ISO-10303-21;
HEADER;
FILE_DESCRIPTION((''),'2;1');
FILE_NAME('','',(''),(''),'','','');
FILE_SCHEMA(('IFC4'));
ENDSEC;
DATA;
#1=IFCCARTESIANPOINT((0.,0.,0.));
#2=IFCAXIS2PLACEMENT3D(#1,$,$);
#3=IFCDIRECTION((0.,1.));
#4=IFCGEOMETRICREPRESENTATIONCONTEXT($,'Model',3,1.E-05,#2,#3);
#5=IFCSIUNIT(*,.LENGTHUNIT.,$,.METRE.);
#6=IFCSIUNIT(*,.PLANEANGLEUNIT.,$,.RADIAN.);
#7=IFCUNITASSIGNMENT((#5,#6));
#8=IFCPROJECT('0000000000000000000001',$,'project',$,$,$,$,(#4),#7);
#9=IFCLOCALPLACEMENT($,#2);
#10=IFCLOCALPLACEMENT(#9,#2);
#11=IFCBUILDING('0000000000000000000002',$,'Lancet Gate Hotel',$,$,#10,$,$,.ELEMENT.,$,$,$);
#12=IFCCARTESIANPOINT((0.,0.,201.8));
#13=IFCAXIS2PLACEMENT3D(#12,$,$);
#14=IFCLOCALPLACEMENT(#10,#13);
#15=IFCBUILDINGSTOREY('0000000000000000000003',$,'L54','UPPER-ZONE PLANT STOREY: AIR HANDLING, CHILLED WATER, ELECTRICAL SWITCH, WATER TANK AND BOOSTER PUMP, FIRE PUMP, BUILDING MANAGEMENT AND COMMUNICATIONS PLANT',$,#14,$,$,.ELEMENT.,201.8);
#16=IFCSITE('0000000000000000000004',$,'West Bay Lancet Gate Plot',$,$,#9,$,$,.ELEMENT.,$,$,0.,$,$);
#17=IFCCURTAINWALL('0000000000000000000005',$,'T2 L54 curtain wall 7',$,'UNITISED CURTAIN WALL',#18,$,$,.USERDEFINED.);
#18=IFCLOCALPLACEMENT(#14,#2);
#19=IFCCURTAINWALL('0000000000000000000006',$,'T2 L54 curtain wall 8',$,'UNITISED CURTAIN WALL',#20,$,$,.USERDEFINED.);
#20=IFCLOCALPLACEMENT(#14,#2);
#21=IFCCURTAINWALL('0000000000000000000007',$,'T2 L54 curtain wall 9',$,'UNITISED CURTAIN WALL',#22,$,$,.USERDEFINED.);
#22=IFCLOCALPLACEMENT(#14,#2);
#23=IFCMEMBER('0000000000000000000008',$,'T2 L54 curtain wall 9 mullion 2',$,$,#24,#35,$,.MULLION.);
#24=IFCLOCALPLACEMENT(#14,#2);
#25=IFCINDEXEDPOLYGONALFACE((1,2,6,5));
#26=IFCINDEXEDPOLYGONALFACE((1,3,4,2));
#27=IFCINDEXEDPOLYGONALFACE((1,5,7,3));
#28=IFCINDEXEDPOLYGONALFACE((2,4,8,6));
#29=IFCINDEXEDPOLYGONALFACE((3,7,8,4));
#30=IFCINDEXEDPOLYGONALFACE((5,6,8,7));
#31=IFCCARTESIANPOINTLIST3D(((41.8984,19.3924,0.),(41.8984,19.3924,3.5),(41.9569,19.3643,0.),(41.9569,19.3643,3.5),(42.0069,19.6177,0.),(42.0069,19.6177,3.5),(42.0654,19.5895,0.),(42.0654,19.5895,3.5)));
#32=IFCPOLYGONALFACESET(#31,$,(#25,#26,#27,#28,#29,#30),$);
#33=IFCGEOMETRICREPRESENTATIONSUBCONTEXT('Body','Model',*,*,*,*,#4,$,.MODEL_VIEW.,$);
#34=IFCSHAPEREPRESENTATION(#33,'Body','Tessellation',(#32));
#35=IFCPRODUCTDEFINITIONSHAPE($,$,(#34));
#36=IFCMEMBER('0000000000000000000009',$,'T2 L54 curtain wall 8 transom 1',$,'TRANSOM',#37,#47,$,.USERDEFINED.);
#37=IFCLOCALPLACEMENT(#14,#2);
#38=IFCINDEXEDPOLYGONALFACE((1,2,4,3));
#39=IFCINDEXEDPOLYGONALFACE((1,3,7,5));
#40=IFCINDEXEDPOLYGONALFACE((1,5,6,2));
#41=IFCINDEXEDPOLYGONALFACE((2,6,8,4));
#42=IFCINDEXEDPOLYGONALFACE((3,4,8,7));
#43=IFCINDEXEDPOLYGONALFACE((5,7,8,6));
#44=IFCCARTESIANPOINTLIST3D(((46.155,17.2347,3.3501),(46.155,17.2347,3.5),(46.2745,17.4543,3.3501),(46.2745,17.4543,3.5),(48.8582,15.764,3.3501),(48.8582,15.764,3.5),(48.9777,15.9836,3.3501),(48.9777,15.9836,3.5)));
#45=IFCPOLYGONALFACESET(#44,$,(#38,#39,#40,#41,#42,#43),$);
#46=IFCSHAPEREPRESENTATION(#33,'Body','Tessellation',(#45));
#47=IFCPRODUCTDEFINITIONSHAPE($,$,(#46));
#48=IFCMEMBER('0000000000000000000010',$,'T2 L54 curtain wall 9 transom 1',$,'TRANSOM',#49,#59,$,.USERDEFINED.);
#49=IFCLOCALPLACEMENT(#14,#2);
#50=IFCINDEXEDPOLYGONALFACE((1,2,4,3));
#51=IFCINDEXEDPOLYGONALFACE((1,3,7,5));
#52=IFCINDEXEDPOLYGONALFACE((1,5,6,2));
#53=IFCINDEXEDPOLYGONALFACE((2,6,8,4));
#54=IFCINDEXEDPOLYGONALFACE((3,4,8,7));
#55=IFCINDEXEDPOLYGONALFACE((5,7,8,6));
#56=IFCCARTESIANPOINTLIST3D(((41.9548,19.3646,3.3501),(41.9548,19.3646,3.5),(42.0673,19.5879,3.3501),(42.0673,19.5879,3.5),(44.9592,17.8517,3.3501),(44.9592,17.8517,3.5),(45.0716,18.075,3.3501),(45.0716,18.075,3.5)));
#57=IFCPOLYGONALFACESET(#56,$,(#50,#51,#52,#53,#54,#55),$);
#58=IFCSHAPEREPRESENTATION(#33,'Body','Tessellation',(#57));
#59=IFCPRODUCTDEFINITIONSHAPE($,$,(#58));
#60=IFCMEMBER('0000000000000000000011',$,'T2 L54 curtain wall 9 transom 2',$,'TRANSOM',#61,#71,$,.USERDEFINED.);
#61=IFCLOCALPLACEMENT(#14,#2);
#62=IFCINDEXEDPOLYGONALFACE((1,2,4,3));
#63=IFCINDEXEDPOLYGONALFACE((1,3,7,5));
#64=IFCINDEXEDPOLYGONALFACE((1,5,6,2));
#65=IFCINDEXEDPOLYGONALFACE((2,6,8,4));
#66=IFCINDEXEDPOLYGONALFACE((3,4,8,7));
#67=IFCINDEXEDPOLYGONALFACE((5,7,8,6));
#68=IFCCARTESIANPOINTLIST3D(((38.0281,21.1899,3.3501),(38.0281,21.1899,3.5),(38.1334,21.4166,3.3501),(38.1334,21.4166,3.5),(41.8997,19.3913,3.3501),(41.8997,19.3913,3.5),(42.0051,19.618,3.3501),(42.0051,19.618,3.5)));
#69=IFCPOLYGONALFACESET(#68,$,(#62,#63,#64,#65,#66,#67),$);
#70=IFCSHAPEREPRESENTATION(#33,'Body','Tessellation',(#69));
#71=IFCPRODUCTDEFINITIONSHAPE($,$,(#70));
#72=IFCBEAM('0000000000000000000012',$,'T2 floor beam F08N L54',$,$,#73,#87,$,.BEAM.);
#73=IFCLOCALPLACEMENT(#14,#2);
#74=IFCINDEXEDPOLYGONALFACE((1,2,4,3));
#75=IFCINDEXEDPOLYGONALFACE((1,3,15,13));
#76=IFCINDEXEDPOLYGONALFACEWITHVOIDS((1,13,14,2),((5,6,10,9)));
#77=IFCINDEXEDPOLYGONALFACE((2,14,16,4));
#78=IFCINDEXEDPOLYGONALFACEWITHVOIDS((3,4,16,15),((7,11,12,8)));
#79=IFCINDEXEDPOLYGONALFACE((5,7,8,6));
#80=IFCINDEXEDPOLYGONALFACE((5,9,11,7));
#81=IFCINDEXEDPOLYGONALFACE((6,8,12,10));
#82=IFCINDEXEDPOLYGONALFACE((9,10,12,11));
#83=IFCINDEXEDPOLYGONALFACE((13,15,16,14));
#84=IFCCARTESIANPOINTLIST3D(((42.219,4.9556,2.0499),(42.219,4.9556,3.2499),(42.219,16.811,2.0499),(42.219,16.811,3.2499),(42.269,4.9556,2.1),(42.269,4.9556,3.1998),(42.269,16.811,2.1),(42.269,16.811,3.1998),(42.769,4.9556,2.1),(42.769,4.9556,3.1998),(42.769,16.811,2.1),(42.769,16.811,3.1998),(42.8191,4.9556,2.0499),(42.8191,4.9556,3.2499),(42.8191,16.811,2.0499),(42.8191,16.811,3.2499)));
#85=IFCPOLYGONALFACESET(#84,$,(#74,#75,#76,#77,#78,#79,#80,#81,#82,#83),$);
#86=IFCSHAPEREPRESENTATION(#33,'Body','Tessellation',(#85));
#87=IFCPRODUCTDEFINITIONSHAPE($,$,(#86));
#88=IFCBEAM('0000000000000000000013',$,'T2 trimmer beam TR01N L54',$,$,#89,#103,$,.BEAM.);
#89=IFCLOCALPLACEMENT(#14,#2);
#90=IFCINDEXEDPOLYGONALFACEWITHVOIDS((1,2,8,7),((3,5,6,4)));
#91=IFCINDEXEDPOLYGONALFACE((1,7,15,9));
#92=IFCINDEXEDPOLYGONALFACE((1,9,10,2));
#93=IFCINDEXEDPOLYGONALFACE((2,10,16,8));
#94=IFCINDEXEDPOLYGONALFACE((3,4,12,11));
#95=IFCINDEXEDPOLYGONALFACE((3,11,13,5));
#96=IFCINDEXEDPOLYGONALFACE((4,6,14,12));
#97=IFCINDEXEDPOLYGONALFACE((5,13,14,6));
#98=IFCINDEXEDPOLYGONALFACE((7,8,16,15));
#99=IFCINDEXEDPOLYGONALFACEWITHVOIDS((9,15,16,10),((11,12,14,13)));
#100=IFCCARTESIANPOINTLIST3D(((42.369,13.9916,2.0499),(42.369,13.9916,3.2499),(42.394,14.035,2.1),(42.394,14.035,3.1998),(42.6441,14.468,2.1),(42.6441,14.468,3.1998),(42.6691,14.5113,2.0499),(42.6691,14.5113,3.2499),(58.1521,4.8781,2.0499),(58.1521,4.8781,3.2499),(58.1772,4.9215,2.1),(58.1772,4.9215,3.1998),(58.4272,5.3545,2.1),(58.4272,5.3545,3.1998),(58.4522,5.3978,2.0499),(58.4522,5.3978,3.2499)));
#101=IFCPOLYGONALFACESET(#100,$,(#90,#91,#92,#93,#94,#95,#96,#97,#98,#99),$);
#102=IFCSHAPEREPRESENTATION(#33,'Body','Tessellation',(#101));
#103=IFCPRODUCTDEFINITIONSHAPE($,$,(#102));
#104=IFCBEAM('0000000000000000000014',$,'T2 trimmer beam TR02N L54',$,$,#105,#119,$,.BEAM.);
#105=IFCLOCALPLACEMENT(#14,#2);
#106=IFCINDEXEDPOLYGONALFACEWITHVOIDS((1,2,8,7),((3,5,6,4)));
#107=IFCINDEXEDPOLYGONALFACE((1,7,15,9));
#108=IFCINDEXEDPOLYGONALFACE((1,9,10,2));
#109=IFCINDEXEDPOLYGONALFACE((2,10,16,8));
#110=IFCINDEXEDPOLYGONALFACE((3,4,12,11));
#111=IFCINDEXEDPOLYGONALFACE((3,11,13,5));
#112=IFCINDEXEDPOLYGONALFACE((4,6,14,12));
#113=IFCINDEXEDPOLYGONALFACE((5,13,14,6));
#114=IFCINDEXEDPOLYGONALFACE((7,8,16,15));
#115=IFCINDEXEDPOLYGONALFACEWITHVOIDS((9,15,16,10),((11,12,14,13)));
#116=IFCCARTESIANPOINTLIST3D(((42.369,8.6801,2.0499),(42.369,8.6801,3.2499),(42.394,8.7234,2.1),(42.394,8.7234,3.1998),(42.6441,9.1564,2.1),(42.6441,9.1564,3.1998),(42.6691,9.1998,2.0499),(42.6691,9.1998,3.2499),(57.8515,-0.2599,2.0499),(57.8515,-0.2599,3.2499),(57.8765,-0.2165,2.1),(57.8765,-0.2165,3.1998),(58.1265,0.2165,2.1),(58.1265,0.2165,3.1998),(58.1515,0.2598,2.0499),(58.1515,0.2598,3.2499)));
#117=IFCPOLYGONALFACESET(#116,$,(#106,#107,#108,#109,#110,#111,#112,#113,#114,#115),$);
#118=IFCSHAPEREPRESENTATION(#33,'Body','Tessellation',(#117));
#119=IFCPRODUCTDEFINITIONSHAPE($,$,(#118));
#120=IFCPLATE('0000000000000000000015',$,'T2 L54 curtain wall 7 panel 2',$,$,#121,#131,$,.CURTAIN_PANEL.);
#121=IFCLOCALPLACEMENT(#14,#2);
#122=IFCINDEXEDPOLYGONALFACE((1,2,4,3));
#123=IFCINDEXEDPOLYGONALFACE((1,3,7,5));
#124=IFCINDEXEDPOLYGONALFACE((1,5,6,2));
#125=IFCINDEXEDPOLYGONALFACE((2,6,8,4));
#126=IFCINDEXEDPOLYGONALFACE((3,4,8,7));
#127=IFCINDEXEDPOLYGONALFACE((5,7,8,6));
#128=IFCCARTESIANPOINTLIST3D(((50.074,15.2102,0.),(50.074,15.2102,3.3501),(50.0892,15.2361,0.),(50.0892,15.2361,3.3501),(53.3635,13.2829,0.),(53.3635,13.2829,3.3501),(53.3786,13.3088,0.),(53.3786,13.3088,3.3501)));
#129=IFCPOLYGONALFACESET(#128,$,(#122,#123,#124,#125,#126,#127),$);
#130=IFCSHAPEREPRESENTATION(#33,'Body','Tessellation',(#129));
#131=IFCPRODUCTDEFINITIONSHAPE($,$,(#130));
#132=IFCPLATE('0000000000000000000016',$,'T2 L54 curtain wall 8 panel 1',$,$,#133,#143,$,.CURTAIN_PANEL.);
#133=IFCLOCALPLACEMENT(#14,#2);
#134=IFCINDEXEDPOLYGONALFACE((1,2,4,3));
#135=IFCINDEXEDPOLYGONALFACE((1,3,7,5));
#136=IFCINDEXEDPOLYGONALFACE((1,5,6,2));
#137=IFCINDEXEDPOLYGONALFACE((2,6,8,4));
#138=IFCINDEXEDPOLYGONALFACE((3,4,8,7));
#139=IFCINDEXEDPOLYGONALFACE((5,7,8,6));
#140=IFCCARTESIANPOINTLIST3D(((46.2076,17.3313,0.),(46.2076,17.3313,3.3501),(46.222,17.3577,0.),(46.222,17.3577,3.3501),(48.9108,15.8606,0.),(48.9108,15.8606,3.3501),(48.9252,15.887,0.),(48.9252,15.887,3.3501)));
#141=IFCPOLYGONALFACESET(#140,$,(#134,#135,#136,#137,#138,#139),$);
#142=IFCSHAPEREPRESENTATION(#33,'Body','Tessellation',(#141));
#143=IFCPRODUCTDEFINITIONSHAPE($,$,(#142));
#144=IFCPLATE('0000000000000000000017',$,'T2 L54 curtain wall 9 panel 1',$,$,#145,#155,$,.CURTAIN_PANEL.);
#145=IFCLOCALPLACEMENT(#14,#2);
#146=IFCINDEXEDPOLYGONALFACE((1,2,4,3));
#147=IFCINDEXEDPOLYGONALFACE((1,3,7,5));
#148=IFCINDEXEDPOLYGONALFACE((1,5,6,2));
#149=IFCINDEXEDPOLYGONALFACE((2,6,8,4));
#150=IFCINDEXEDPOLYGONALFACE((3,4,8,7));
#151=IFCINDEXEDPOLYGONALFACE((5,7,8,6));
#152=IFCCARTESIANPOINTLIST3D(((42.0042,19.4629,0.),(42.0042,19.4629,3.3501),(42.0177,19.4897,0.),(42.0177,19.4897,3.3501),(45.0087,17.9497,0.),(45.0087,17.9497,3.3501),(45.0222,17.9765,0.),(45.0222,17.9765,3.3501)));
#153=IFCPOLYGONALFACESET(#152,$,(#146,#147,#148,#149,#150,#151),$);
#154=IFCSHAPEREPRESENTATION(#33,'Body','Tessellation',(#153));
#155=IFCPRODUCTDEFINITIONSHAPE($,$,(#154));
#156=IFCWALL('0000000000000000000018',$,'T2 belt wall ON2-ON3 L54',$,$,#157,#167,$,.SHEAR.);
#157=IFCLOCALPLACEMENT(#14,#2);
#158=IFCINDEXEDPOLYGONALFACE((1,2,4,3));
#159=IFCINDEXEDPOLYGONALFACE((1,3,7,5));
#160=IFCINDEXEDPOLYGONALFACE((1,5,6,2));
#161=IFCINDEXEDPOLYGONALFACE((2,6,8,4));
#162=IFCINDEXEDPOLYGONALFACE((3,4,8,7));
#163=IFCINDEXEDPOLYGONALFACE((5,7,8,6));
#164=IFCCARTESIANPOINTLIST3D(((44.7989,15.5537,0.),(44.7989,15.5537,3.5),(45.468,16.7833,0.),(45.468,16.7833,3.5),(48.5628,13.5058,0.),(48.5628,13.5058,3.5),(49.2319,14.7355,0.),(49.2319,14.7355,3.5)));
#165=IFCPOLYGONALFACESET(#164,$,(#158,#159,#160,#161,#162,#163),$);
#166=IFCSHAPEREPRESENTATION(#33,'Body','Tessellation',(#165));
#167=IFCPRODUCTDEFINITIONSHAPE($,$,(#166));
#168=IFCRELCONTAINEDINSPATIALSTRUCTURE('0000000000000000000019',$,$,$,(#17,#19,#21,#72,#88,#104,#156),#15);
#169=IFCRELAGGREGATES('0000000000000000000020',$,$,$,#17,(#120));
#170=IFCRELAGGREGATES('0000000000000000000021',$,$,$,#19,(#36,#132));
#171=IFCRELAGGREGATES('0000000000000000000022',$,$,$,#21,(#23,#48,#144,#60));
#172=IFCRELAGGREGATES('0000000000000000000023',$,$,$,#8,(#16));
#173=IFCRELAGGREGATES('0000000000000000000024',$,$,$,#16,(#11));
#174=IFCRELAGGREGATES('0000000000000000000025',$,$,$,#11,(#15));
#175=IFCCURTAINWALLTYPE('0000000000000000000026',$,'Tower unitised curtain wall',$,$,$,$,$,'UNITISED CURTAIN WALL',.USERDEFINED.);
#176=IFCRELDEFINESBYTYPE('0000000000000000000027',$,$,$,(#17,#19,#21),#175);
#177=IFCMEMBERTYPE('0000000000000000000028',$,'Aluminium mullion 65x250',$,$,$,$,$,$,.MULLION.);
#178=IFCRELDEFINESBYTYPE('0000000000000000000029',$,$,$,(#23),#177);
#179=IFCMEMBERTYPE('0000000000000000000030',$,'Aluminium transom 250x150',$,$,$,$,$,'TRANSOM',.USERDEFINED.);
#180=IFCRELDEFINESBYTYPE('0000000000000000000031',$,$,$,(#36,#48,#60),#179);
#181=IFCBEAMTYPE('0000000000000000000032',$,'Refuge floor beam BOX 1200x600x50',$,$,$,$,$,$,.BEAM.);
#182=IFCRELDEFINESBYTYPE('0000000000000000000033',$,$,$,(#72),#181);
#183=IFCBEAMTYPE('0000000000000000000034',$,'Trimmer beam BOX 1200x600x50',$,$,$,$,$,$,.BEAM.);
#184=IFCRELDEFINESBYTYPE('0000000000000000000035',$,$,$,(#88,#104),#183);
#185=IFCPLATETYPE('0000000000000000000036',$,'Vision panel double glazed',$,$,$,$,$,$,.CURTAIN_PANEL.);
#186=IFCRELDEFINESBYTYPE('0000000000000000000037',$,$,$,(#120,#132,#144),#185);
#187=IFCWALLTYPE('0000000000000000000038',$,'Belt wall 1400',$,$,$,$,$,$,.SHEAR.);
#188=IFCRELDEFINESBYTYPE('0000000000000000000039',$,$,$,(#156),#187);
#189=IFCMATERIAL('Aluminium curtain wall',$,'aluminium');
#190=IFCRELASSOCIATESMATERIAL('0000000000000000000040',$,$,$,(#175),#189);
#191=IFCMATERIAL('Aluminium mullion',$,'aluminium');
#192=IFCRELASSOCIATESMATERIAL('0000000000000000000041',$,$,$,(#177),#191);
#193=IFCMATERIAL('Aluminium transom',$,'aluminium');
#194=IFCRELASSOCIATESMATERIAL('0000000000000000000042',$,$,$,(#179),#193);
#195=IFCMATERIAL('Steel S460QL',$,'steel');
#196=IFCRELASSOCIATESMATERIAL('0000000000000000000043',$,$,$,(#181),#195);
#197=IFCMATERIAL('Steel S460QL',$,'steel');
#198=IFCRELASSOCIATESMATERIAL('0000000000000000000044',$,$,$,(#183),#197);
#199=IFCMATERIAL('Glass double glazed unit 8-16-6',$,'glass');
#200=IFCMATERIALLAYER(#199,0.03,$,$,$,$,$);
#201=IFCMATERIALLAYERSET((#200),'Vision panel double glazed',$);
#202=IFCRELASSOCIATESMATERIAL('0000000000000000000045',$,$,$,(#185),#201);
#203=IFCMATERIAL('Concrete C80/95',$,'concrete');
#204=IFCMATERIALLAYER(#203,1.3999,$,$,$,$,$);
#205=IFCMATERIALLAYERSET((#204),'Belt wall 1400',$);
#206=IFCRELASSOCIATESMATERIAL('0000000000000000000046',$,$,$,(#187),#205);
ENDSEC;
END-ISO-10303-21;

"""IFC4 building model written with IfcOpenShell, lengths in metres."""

from ifc_helpers import new_model, si_unit, direction, frame, frame_2d, origin, origin_2d, place, context, subcontext, project, spatial, rectangle, hollow_rectangle, extrude, material, layer, layer_set, material_profile, profile_set, type_object, element, aggregate, save


model = new_model("IFC4")

# Units and contexts
model_context = context("Model", 3, precision=1e-05, world=origin(), true_north=direction((0.0, 1.0)))
body_context = subcontext(model_context, "Body", "Model", "MODEL_VIEW")
ifc_project = project(units=[si_unit("LENGTHUNIT", "METRE"), si_unit("PLANEANGLEUNIT", "RADIAN")], contexts=[model_context])

# Site, building, storey
site_placement = place(None, origin())
site = spatial("IfcSite", under=ifc_project, at=site_placement, Name="West Bay Lancet Gate Plot", CompositionType="ELEMENT", RefElevation=0.0)
building_placement = place(site_placement, origin())
building = spatial("IfcBuilding", under=site, at=building_placement, Name="Lancet Gate Hotel", CompositionType="ELEMENT")
storey_placement = place(building_placement, frame((0.0, 0.0, 201.8)))
storey = spatial("IfcBuildingStorey", under=building, at=storey_placement, Name="L54", Description="UPPER-ZONE PLANT STOREY: AIR HANDLING, CHILLED WATER, ELECTRICAL SWITCH, WATER TANK AND BOOSTER PUMP, FIRE PUMP, BUILDING MANAGEMENT AND COMMUNICATIONS PLANT", CompositionType="ELEMENT", Elevation=201.8)

# Curtain wall
ifc_material_1 = material(Name="Aluminium curtain wall", Category="aluminium")
curtain_wall_type = type_object("IfcCurtainWallType", Name="Tower unitised curtain wall", ElementType="UNITISED CURTAIN WALL", PredefinedType="USERDEFINED", material=ifc_material_1)
curtain_wall_1_placement = place(storey_placement, origin())
curtain_wall_1 = element("IfcCurtainWall", 1, at=curtain_wall_1_placement, inside=storey, type_object=curtain_wall_type, Name="T2 L54 curtain wall 7", ObjectType="UNITISED CURTAIN WALL", PredefinedType="USERDEFINED")
ifc_material_2 = material(Name="Aluminium mullion", Category="aluminium")
ifc_material_profile_1 = material_profile(ifc_material_2, rectangle(XDim=0.0649, YDim=0.25, at=origin_2d()), Name="MULLION 65x250")
ifc_profile_set_1 = profile_set([ifc_material_profile_1], Name="Aluminium mullion")
member_type_1 = type_object("IfcMemberType", Name="Aluminium mullion 65x250", PredefinedType="MULLION", material=ifc_profile_set_1)

# Curtain walls, member
curtain_wall_2_placement = place(storey_placement, origin())
curtain_wall_2 = element("IfcCurtainWall", 2, at=curtain_wall_2_placement, inside=storey, type_object=curtain_wall_type, Name="T2 L54 curtain wall 8", ObjectType="UNITISED CURTAIN WALL", PredefinedType="USERDEFINED")
curtain_wall_3_placement = place(storey_placement, origin())
curtain_wall_3 = element("IfcCurtainWall", 3, at=curtain_wall_3_placement, inside=storey, type_object=curtain_wall_type, Name="T2 L54 curtain wall 9", ObjectType="UNITISED CURTAIN WALL", PredefinedType="USERDEFINED")
member_1_placement = place(storey_placement, frame((41.9819, 19.491, 0.0), z_axis=(0.0, 0.0, 1.0), x_axis=(-0.900945, 0.433933, 0.0)))
member_1 = element("IfcMember", 4, at=member_1_placement, type_object=member_type_1, Name="T2 L54 curtain wall 9 mullion 2", PredefinedType="MULLION", context=body_context, shape_type="SweptSolid", body=[
    extrude(rectangle(XDim=0.0649, YDim=0.25, at=origin_2d()), origin(), (0.0, 0.0, 1.0), 3.5),
])

# Members
ifc_material_3 = material(Name="Aluminium transom", Category="aluminium")
ifc_material_profile_2 = material_profile(ifc_material_3, rectangle(XDim=0.25, YDim=0.1499, at=origin_2d()), Name="TRANSOM 250x150")
ifc_profile_set_2 = profile_set([ifc_material_profile_2], Name="Aluminium transom")
member_type_2 = type_object("IfcMemberType", Name="Aluminium transom 250x150", ElementType="TRANSOM", PredefinedType="USERDEFINED", material=ifc_profile_set_2)
member_2_placement = place(storey_placement, frame((48.918, 15.8738, 3.425), z_axis=(-0.878404, 0.477918, 0.0), x_axis=(-0.477918, -0.878404, 0.0)))
member_2 = element("IfcMember", 5, at=member_2_placement, type_object=member_type_2, Name="T2 L54 curtain wall 8 transom 1", ObjectType="TRANSOM", PredefinedType="USERDEFINED", context=body_context, shape_type="SweptSolid", body=[
    extrude(rectangle(XDim=0.25, YDim=0.1499, at=origin_2d()), origin(), (0.0, 0.0, 1.0), 3.0774),
])
member_3_placement = place(storey_placement, frame((45.0154, 17.9634, 3.425), z_axis=(-0.893146, 0.449767, 0.0), x_axis=(-0.449767, -0.893146, 0.0)))
member_3 = element("IfcMember", 6, at=member_3_placement, type_object=member_type_2, Name="T2 L54 curtain wall 9 transom 1", ObjectType="TRANSOM", PredefinedType="USERDEFINED", context=body_context, shape_type="SweptSolid", body=[
    extrude(rectangle(XDim=0.25, YDim=0.1499, at=origin_2d()), origin(), (0.0, 0.0, 1.0), 3.3638),
])
member_4_placement = place(storey_placement, frame((41.9524, 19.5046, 3.425), z_axis=(-0.906914, 0.421316, 0.0), x_axis=(-0.421316, -0.906914, 0.0)))
member_4 = element("IfcMember", 7, at=member_4_placement, type_object=member_type_2, Name="T2 L54 curtain wall 9 transom 2", ObjectType="TRANSOM", PredefinedType="USERDEFINED", context=body_context, shape_type="SweptSolid", body=[
    extrude(rectangle(XDim=0.25, YDim=0.1499, at=origin_2d()), origin(), (0.0, 0.0, 1.0), 4.269),
])

# Beams
ifc_material_4 = material(Name="Steel S460QL", Category="steel")
ifc_material_profile_3 = material_profile(ifc_material_4, hollow_rectangle(XDim=0.6001, YDim=1.2, WallThickness=0.05, at=origin_2d()), Name="BOX 1200x600x50")
ifc_profile_set_3 = profile_set([ifc_material_profile_3], Name="Steel S460QL")
beam_type_1 = type_object("IfcBeamType", Name="Refuge floor beam BOX 1200x600x50", PredefinedType="BEAM", material=ifc_profile_set_3)
beam_1_placement = place(storey_placement, frame((42.519, 4.9556, 2.6499), z_axis=(0.0, 1.0, 0.0), x_axis=(-1.0, 0.0, 0.0)))
element("IfcBeam", 8, at=beam_1_placement, inside=storey, type_object=beam_type_1, Name="T2 floor beam F08N L54", PredefinedType="BEAM", context=body_context, shape_type="SweptSolid", body=[
    extrude(hollow_rectangle(XDim=0.6001, YDim=1.2, WallThickness=0.05, at=origin_2d()), origin(), (0.0, 0.0, 1.0), 11.8555),
])
ifc_material_5 = material(Name="Steel S460QL", Category="steel")
ifc_material_profile_4 = material_profile(ifc_material_5, hollow_rectangle(XDim=0.6001, YDim=1.2, WallThickness=0.05, at=origin_2d()), Name="BOX 1200x600x50")
ifc_profile_set_4 = profile_set([ifc_material_profile_4], Name="Steel S460QL")
beam_type_2 = type_object("IfcBeamType", Name="Trimmer beam BOX 1200x600x50", PredefinedType="BEAM", material=ifc_profile_set_4)
beam_2_placement = place(storey_placement, frame((42.519, 14.2515, 2.6499), z_axis=(0.866, -0.500045, 0.0), x_axis=(0.500045, 0.866, 0.0)))
element("IfcBeam", 9, at=beam_2_placement, inside=storey, type_object=beam_type_2, Name="T2 trimmer beam TR01N L54", PredefinedType="BEAM", context=body_context, shape_type="SweptSolid", body=[
    extrude(hollow_rectangle(XDim=0.6001, YDim=1.2, WallThickness=0.05, at=origin_2d()), origin(), (0.0, 0.0, 1.0), 18.2253),
])
beam_3_placement = place(storey_placement, frame((42.519, 8.9399, 2.6499), z_axis=(0.865997, -0.500049, 0.0), x_axis=(0.500049, 0.865997, 0.0)))
element("IfcBeam", 10, at=beam_3_placement, inside=storey, type_object=beam_type_2, Name="T2 trimmer beam TR02N L54", PredefinedType="BEAM", context=body_context, shape_type="SweptSolid", body=[
    extrude(hollow_rectangle(XDim=0.6001, YDim=1.2, WallThickness=0.05, at=origin_2d()), origin(), (0.0, 0.0, 1.0), 17.8782),
])

# Plates
ifc_material_6 = material(Name="Glass double glazed unit 8-16-6", Category="glass")
ifc_layer_1 = layer(ifc_material_6, 0.03)
ifc_layer_set_1 = layer_set([ifc_layer_1], Name="Vision panel double glazed")
plate_type = type_object("IfcPlateType", Name="Vision panel double glazed", PredefinedType="CURTAIN_PANEL", material=ifc_layer_set_1)
plate_1_placement = place(storey_placement, frame((51.7263, 14.2595, 0.0), z_axis=(0.0, 0.0, 1.0), x_axis=(-0.862815, 0.50552, 0.0)))
plate_1 = element("IfcPlate", 11, at=plate_1_placement, type_object=plate_type, Name="T2 L54 curtain wall 7 panel 2", PredefinedType="CURTAIN_PANEL", context=body_context, shape_type="SweptSolid", body=[
    extrude(rectangle(XDim=3.8125, YDim=0.03, at=origin_2d()), origin(), (0.0, 0.0, 1.0), 3.3501),
])
aggregate(curtain_wall_1, [plate_1])
plate_2_placement = place(storey_placement, frame((47.5664, 16.6091, 0.0), z_axis=(0.0, 0.0, 1.0), x_axis=(-0.87841, 0.477908, 0.0)))
plate_2 = element("IfcPlate", 12, at=plate_2_placement, type_object=plate_type, Name="T2 L54 curtain wall 8 panel 1", PredefinedType="CURTAIN_PANEL", context=body_context, shape_type="SweptSolid", body=[
    extrude(rectangle(XDim=3.0774, YDim=0.03, at=origin_2d()), origin(), (0.0, 0.0, 1.0), 3.3501),
])
aggregate(curtain_wall_2, [member_2, plate_2])
plate_3_placement = place(storey_placement, frame((43.5132, 18.7197, 0.0), z_axis=(0.0, 0.0, 1.0), x_axis=(-0.893121, 0.449816, 0.0)))
plate_3 = element("IfcPlate", 13, at=plate_3_placement, type_object=plate_type, Name="T2 L54 curtain wall 9 panel 1", PredefinedType="CURTAIN_PANEL", context=body_context, shape_type="SweptSolid", body=[
    extrude(rectangle(XDim=3.364, YDim=0.03, at=origin_2d()), origin(), (0.0, 0.0, 1.0), 3.3501),
])
aggregate(curtain_wall_3, [member_1, member_3, plate_3, member_4])

# Wall
ifc_material_7 = material(Name="Concrete C80/95", Category="concrete")
ifc_layer_2 = layer(ifc_material_7, 1.3999)
ifc_layer_set_2 = layer_set([ifc_layer_2], Name="Belt wall 1400")
wall_type_1 = type_object("IfcWallType", Name="Belt wall 1400", PredefinedType="SHEAR", material=ifc_layer_set_2)
wall_1_placement = place(storey_placement, frame((48.8975, 14.1206, 0.0), z_axis=(0.0, 0.0, 1.0), x_axis=(-0.878405, 0.477918, 0.0)))
element("IfcWall", 14, at=wall_1_placement, inside=storey, type_object=wall_type_1, Name="T2 belt wall ON2-ON3 L54", PredefinedType="SHEAR", context=body_context, shape_type="SweptSolid", body=[
    extrude(rectangle(XDim=4.2849, YDim=1.3999, at=frame_2d((2.1426, 0.0))), origin(), (0.0, 0.0, 1.0), 3.5),
])

save(model, "model.ifc")
